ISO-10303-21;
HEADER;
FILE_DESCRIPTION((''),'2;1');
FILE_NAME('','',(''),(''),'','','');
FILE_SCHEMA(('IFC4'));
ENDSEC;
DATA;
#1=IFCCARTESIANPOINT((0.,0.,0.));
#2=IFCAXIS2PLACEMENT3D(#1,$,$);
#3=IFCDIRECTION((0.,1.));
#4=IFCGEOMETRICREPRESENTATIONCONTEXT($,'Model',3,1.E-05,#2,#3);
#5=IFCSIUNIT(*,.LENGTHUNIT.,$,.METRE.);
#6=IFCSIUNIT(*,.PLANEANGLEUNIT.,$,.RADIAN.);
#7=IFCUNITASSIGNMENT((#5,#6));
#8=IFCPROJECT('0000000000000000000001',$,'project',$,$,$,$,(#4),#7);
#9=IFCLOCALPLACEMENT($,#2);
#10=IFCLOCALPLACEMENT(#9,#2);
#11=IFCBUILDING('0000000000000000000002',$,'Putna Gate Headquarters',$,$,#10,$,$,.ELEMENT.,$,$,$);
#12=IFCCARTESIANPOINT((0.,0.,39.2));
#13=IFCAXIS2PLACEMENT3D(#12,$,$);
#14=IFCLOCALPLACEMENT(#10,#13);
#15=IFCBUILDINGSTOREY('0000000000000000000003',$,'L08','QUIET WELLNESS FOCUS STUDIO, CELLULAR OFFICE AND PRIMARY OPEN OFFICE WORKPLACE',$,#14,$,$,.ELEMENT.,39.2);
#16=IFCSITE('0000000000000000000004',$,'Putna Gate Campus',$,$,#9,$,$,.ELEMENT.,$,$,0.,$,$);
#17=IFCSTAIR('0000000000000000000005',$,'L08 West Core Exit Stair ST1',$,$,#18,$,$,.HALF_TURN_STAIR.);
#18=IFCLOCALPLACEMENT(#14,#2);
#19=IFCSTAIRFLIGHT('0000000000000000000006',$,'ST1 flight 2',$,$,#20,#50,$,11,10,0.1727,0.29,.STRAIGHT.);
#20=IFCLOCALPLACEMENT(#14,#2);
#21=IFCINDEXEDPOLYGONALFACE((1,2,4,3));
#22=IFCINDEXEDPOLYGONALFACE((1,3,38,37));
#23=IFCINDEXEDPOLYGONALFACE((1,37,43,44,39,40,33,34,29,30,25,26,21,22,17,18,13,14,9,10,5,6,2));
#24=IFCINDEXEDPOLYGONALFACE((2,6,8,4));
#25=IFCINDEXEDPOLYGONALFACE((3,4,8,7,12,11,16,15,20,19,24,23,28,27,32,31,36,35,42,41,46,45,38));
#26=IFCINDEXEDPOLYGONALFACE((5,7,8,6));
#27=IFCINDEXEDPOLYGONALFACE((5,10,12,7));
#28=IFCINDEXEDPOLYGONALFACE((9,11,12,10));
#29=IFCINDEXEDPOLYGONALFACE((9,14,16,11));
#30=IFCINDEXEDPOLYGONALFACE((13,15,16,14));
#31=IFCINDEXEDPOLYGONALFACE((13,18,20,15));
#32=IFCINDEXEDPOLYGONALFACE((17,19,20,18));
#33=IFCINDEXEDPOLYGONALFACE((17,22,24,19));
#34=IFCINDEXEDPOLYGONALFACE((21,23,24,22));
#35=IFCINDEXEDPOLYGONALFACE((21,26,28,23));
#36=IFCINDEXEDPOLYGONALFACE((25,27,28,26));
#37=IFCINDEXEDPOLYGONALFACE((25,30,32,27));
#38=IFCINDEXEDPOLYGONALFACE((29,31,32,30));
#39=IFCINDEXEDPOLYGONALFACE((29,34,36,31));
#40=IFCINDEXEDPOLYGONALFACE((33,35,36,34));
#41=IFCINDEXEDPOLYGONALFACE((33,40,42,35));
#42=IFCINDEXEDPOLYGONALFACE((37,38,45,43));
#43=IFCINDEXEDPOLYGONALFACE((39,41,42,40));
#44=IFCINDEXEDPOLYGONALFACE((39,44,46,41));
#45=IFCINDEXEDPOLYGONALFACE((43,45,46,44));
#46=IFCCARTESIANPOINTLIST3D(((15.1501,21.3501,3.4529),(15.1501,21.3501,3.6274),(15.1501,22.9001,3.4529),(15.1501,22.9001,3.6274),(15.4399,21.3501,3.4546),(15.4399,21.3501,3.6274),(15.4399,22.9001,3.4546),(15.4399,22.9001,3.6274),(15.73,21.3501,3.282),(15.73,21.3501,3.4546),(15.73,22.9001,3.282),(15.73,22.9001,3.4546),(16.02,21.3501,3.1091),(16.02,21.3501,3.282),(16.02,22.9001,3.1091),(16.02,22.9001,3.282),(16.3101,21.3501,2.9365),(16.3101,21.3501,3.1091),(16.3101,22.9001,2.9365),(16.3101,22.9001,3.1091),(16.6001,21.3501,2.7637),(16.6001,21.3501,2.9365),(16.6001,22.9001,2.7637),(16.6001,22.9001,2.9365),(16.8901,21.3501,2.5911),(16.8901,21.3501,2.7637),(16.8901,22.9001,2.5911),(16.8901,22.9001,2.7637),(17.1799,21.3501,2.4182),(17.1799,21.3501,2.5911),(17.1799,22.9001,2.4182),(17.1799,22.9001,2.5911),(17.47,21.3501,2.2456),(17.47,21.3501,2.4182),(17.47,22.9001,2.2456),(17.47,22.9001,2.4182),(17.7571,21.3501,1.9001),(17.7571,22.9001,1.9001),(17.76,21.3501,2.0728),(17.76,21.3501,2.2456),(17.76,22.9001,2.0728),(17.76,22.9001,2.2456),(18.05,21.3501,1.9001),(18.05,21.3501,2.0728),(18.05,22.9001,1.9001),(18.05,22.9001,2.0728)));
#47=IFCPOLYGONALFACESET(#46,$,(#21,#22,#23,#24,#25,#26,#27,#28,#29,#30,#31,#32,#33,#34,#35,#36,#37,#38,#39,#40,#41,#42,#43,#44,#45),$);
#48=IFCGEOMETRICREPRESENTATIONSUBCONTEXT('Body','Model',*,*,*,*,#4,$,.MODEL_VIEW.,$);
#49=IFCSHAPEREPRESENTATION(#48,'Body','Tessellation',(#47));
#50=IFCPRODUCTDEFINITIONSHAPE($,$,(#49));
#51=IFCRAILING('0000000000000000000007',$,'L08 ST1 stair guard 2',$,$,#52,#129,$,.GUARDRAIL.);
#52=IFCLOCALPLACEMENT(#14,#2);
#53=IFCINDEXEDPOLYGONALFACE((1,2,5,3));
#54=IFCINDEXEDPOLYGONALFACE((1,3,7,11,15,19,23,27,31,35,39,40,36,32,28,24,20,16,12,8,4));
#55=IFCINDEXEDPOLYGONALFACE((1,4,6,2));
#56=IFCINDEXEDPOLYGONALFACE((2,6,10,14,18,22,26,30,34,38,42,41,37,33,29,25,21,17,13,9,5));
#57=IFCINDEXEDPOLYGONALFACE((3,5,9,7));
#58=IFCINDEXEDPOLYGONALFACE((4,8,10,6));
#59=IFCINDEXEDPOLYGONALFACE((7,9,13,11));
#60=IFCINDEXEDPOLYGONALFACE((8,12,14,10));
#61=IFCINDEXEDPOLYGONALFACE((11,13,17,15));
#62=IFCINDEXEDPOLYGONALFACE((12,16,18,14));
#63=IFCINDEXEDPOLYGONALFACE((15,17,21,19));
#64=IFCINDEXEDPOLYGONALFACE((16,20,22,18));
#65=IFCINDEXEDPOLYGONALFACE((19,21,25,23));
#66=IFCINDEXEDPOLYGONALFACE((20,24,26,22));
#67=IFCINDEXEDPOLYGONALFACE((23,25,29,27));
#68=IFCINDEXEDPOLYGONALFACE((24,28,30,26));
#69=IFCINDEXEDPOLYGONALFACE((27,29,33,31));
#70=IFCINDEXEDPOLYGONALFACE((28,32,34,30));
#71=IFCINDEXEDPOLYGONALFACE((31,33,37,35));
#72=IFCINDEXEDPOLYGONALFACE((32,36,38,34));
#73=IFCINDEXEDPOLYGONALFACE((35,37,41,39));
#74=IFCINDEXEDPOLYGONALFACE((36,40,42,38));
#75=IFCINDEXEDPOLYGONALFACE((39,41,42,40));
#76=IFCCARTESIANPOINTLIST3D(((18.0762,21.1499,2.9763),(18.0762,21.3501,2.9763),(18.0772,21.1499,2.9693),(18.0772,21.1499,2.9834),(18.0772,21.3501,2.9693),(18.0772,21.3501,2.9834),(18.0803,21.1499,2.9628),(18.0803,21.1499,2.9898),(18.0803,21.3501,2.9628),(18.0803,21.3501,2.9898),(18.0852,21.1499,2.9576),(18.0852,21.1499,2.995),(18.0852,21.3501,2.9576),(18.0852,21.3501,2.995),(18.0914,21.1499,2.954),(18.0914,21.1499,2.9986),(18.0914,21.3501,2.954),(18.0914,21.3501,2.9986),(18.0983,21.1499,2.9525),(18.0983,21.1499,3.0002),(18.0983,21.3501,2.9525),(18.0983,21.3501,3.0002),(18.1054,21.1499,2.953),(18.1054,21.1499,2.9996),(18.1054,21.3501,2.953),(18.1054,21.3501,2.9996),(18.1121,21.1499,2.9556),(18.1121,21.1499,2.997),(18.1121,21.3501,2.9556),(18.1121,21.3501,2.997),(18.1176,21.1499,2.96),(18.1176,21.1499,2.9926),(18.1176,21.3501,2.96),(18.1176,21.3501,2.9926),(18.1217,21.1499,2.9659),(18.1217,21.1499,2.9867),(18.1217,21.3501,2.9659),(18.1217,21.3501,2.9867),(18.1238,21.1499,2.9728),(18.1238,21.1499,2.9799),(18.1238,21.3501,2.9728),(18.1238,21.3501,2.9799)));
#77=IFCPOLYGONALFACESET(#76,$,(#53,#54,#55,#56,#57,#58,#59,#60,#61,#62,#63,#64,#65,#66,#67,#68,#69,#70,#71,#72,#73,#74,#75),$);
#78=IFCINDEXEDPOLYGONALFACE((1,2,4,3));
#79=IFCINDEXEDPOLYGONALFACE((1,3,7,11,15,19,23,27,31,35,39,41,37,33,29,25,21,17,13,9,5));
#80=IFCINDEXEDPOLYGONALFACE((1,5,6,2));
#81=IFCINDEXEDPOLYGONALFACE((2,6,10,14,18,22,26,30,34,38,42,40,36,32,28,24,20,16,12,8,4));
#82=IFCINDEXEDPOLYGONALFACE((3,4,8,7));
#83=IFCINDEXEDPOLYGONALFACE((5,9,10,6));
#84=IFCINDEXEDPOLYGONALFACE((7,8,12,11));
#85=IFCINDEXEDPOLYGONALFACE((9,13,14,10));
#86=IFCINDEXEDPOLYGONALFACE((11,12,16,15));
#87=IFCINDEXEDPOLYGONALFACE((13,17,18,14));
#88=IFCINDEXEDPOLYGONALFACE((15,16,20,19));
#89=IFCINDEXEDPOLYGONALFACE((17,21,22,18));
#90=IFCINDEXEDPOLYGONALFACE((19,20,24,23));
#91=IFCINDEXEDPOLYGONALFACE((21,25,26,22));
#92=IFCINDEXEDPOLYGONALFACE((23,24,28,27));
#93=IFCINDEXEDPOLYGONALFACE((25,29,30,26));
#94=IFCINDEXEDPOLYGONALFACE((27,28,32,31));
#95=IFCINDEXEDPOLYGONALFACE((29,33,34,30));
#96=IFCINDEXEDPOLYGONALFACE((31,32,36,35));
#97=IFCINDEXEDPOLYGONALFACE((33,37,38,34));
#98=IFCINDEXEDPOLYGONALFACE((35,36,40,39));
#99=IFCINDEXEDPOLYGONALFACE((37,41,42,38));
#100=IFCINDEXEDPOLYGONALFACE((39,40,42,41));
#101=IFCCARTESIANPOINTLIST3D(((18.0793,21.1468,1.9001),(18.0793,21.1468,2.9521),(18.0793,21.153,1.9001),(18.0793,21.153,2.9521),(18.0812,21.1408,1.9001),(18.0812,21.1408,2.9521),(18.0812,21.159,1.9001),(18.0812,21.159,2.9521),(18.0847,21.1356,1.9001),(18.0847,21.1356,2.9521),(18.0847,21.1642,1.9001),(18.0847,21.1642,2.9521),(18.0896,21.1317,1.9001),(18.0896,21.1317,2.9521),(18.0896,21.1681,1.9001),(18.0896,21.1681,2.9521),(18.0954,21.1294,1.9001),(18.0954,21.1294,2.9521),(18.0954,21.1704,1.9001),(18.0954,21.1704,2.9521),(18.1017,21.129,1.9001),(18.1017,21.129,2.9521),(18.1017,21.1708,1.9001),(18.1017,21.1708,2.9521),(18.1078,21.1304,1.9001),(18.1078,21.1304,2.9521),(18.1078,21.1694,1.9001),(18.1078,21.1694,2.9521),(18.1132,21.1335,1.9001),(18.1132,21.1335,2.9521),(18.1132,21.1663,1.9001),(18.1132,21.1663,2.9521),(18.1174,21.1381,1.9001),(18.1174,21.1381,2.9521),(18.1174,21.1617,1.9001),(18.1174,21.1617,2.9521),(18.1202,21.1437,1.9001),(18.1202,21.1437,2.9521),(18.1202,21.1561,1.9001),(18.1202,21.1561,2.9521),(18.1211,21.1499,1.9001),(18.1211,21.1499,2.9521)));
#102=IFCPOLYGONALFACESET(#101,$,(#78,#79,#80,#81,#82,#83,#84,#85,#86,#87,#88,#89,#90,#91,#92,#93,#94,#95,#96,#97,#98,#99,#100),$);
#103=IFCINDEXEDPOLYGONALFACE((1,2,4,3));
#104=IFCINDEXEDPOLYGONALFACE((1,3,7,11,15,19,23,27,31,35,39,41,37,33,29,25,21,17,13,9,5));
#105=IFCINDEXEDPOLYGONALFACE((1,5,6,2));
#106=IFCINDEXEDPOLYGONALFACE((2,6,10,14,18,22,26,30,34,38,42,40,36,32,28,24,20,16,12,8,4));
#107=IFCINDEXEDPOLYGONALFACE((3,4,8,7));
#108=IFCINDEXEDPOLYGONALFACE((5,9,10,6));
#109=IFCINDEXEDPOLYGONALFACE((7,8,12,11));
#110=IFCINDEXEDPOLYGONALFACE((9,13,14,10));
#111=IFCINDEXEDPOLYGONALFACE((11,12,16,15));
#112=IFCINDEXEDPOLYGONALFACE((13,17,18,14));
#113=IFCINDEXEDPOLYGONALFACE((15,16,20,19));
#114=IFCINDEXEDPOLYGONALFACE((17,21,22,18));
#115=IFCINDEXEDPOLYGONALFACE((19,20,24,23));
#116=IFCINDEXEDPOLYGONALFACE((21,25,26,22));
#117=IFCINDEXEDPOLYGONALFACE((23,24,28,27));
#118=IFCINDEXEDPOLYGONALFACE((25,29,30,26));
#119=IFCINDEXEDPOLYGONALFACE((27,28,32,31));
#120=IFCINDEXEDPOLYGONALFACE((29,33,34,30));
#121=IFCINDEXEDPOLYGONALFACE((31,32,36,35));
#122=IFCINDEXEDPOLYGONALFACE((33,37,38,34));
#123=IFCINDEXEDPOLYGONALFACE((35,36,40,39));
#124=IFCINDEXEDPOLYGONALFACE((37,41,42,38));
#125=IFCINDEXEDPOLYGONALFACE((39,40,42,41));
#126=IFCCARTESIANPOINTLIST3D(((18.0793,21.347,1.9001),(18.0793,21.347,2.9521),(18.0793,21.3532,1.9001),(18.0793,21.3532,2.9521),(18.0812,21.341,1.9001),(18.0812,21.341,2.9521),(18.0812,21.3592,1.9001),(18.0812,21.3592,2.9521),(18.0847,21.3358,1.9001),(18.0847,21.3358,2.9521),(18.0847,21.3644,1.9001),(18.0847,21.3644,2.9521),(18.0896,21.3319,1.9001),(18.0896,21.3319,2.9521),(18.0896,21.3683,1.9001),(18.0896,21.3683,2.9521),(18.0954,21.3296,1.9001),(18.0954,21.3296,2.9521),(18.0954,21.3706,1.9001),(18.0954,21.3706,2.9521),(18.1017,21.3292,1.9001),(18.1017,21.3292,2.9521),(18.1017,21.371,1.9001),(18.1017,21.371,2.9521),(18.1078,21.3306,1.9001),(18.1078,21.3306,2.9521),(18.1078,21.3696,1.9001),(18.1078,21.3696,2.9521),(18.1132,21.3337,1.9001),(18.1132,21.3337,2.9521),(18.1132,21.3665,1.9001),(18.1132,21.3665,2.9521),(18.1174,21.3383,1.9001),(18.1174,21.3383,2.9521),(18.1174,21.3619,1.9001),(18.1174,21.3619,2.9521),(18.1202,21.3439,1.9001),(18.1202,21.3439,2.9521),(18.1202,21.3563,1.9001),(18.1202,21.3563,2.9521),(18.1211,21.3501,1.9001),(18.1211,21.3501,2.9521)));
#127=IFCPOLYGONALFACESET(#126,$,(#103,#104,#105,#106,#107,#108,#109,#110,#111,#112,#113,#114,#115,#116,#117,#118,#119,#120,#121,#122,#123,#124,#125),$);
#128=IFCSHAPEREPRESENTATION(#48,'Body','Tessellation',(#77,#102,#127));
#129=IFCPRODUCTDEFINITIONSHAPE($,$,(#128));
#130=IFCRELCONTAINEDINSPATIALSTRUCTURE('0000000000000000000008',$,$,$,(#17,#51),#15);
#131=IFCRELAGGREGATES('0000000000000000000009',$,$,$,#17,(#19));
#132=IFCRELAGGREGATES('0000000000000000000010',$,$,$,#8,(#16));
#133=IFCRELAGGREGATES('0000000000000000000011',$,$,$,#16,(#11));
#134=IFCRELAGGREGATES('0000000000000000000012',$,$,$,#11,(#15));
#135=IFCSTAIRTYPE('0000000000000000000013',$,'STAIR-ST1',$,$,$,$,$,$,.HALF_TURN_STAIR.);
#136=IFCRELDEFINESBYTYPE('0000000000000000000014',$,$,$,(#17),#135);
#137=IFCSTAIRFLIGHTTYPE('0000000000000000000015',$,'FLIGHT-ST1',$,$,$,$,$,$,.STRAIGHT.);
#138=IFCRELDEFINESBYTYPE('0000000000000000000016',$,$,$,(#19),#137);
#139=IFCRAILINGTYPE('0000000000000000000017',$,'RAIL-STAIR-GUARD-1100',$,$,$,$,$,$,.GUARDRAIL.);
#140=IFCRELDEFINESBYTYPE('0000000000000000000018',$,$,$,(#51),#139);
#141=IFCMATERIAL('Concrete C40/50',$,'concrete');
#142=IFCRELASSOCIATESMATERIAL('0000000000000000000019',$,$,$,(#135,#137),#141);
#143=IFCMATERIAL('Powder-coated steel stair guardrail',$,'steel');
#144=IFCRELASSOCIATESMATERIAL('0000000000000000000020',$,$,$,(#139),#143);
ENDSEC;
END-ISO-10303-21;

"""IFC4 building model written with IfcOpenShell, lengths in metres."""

from ifc_helpers import new_model, si_unit, direction, frame, origin, origin_2d, place, context, subcontext, project, spatial, polyline, circle, outline, extrude, material, type_object, element, aggregate, save


model = new_model("IFC4")

# Units and contexts
model_context = context("Model", 3, precision=1e-05, world=origin(), true_north=direction((0.0, 1.0)))
body_context = subcontext(model_context, "Body", "Model", "MODEL_VIEW")
ifc_project = project(units=[si_unit("LENGTHUNIT", "METRE"), si_unit("PLANEANGLEUNIT", "RADIAN")], contexts=[model_context])

# Site, building, storey
site_placement = place(None, origin())
site = spatial("IfcSite", under=ifc_project, at=site_placement, Name="Putna Gate Campus", CompositionType="ELEMENT", RefElevation=0.0)
building_placement = place(site_placement, origin())
building = spatial("IfcBuilding", under=site, at=building_placement, Name="Putna Gate Headquarters", CompositionType="ELEMENT")
storey_placement = place(building_placement, frame((0.0, 0.0, 39.2)))
storey = spatial("IfcBuildingStorey", under=building, at=storey_placement, Name="L08", Description="QUIET WELLNESS FOCUS STUDIO, CELLULAR OFFICE AND PRIMARY OPEN OFFICE WORKPLACE", CompositionType="ELEMENT", Elevation=39.2)

# Shared definitions
ifc_material_1 = material(Name="Concrete C40/50", Category="concrete")

# Stair, stair flight
stair_type = type_object("IfcStairType", Name="STAIR-ST1", PredefinedType="HALF_TURN_STAIR", material=ifc_material_1)
stair_placement = place(storey_placement, origin())
stair = element("IfcStair", 1, at=stair_placement, inside=storey, type_object=stair_type, Name="L08 West Core Exit Stair ST1", PredefinedType="HALF_TURN_STAIR")
stair_flight_type = type_object("IfcStairFlightType", Name="FLIGHT-ST1", PredefinedType="STRAIGHT", material=ifc_material_1)
stair_flight_placement = place(storey_placement, frame((18.05, 22.125, 1.9001), z_axis=(0.0, 0.0, 1.0), x_axis=(-1.0, 0.0, 0.0)))
stair_flight = element("IfcStairFlight", 2, at=stair_flight_placement, type_object=stair_flight_type, Name="ST1 flight 2", NumberOfRisers=11, NumberOfTreads=10, PredefinedType="STRAIGHT", RiserHeight=0.1727, TreadLength=0.29, context=body_context, shape_type="SweptSolid", body=[
    extrude(outline(polyline([(0.0, 0.0), (0.0, 0.1726), (0.29, 0.1726), (0.29, 0.3455), (0.5801, 0.3455), (0.5801, 0.5181), (0.8701, 0.5181), (0.8701, 0.6909), (1.1599, 0.6909), (1.1599, 0.8635), (1.45, 0.8635), (1.45, 1.0364), (1.74, 1.0364), (1.74, 1.209), (2.03, 1.209), (2.03, 1.3818), (2.3201, 1.3818), (2.3201, 1.5544), (2.6101, 1.5544), (2.6101, 1.7273), (2.8999, 1.7273), (2.8999, 1.8999), (2.8999, 1.5527), (0.293, 0.0), (0.0, 0.0)])), frame((0.0, 0.7749, 0.0), z_axis=(0.0, -1.0, 0.0), x_axis=(1.0, 0.0, 0.0)), (0.0, 0.0, 1.0), 1.55),
])
aggregate(stair, [stair_flight])

# Railing
ifc_material_2 = material(Name="Powder-coated steel stair guardrail", Category="steel")
railing_type_1 = type_object("IfcRailingType", Name="RAIL-STAIR-GUARD-1100", PredefinedType="GUARDRAIL", material=ifc_material_2)
railing_1_placement = place(storey_placement, frame((18.1001, 21.1499, 1.9001)))
element("IfcRailing", 3, at=railing_1_placement, inside=storey, type_object=railing_type_1, Name="L08 ST1 stair guard 2", PredefinedType="GUARDRAIL", context=body_context, shape_type="SweptSolid", body=[
    extrude(circle(Radius=0.0239, at=origin_2d()), frame((0.0, 0.0, 1.0762), z_axis=(0.0, 1.0, 0.0), x_axis=(-1.0, 0.0, 0.0)), (0.0, 0.0, 1.0), 0.2002),
    extrude(circle(Radius=0.021, at=origin_2d()), origin(), (0.0, 0.0, 1.0), 1.052),
    extrude(circle(Radius=0.021, at=origin_2d()), frame((0.0, 0.2002, 0.0)), (0.0, 0.0, 1.0), 1.052),
])

save(model, "model.ifc")
